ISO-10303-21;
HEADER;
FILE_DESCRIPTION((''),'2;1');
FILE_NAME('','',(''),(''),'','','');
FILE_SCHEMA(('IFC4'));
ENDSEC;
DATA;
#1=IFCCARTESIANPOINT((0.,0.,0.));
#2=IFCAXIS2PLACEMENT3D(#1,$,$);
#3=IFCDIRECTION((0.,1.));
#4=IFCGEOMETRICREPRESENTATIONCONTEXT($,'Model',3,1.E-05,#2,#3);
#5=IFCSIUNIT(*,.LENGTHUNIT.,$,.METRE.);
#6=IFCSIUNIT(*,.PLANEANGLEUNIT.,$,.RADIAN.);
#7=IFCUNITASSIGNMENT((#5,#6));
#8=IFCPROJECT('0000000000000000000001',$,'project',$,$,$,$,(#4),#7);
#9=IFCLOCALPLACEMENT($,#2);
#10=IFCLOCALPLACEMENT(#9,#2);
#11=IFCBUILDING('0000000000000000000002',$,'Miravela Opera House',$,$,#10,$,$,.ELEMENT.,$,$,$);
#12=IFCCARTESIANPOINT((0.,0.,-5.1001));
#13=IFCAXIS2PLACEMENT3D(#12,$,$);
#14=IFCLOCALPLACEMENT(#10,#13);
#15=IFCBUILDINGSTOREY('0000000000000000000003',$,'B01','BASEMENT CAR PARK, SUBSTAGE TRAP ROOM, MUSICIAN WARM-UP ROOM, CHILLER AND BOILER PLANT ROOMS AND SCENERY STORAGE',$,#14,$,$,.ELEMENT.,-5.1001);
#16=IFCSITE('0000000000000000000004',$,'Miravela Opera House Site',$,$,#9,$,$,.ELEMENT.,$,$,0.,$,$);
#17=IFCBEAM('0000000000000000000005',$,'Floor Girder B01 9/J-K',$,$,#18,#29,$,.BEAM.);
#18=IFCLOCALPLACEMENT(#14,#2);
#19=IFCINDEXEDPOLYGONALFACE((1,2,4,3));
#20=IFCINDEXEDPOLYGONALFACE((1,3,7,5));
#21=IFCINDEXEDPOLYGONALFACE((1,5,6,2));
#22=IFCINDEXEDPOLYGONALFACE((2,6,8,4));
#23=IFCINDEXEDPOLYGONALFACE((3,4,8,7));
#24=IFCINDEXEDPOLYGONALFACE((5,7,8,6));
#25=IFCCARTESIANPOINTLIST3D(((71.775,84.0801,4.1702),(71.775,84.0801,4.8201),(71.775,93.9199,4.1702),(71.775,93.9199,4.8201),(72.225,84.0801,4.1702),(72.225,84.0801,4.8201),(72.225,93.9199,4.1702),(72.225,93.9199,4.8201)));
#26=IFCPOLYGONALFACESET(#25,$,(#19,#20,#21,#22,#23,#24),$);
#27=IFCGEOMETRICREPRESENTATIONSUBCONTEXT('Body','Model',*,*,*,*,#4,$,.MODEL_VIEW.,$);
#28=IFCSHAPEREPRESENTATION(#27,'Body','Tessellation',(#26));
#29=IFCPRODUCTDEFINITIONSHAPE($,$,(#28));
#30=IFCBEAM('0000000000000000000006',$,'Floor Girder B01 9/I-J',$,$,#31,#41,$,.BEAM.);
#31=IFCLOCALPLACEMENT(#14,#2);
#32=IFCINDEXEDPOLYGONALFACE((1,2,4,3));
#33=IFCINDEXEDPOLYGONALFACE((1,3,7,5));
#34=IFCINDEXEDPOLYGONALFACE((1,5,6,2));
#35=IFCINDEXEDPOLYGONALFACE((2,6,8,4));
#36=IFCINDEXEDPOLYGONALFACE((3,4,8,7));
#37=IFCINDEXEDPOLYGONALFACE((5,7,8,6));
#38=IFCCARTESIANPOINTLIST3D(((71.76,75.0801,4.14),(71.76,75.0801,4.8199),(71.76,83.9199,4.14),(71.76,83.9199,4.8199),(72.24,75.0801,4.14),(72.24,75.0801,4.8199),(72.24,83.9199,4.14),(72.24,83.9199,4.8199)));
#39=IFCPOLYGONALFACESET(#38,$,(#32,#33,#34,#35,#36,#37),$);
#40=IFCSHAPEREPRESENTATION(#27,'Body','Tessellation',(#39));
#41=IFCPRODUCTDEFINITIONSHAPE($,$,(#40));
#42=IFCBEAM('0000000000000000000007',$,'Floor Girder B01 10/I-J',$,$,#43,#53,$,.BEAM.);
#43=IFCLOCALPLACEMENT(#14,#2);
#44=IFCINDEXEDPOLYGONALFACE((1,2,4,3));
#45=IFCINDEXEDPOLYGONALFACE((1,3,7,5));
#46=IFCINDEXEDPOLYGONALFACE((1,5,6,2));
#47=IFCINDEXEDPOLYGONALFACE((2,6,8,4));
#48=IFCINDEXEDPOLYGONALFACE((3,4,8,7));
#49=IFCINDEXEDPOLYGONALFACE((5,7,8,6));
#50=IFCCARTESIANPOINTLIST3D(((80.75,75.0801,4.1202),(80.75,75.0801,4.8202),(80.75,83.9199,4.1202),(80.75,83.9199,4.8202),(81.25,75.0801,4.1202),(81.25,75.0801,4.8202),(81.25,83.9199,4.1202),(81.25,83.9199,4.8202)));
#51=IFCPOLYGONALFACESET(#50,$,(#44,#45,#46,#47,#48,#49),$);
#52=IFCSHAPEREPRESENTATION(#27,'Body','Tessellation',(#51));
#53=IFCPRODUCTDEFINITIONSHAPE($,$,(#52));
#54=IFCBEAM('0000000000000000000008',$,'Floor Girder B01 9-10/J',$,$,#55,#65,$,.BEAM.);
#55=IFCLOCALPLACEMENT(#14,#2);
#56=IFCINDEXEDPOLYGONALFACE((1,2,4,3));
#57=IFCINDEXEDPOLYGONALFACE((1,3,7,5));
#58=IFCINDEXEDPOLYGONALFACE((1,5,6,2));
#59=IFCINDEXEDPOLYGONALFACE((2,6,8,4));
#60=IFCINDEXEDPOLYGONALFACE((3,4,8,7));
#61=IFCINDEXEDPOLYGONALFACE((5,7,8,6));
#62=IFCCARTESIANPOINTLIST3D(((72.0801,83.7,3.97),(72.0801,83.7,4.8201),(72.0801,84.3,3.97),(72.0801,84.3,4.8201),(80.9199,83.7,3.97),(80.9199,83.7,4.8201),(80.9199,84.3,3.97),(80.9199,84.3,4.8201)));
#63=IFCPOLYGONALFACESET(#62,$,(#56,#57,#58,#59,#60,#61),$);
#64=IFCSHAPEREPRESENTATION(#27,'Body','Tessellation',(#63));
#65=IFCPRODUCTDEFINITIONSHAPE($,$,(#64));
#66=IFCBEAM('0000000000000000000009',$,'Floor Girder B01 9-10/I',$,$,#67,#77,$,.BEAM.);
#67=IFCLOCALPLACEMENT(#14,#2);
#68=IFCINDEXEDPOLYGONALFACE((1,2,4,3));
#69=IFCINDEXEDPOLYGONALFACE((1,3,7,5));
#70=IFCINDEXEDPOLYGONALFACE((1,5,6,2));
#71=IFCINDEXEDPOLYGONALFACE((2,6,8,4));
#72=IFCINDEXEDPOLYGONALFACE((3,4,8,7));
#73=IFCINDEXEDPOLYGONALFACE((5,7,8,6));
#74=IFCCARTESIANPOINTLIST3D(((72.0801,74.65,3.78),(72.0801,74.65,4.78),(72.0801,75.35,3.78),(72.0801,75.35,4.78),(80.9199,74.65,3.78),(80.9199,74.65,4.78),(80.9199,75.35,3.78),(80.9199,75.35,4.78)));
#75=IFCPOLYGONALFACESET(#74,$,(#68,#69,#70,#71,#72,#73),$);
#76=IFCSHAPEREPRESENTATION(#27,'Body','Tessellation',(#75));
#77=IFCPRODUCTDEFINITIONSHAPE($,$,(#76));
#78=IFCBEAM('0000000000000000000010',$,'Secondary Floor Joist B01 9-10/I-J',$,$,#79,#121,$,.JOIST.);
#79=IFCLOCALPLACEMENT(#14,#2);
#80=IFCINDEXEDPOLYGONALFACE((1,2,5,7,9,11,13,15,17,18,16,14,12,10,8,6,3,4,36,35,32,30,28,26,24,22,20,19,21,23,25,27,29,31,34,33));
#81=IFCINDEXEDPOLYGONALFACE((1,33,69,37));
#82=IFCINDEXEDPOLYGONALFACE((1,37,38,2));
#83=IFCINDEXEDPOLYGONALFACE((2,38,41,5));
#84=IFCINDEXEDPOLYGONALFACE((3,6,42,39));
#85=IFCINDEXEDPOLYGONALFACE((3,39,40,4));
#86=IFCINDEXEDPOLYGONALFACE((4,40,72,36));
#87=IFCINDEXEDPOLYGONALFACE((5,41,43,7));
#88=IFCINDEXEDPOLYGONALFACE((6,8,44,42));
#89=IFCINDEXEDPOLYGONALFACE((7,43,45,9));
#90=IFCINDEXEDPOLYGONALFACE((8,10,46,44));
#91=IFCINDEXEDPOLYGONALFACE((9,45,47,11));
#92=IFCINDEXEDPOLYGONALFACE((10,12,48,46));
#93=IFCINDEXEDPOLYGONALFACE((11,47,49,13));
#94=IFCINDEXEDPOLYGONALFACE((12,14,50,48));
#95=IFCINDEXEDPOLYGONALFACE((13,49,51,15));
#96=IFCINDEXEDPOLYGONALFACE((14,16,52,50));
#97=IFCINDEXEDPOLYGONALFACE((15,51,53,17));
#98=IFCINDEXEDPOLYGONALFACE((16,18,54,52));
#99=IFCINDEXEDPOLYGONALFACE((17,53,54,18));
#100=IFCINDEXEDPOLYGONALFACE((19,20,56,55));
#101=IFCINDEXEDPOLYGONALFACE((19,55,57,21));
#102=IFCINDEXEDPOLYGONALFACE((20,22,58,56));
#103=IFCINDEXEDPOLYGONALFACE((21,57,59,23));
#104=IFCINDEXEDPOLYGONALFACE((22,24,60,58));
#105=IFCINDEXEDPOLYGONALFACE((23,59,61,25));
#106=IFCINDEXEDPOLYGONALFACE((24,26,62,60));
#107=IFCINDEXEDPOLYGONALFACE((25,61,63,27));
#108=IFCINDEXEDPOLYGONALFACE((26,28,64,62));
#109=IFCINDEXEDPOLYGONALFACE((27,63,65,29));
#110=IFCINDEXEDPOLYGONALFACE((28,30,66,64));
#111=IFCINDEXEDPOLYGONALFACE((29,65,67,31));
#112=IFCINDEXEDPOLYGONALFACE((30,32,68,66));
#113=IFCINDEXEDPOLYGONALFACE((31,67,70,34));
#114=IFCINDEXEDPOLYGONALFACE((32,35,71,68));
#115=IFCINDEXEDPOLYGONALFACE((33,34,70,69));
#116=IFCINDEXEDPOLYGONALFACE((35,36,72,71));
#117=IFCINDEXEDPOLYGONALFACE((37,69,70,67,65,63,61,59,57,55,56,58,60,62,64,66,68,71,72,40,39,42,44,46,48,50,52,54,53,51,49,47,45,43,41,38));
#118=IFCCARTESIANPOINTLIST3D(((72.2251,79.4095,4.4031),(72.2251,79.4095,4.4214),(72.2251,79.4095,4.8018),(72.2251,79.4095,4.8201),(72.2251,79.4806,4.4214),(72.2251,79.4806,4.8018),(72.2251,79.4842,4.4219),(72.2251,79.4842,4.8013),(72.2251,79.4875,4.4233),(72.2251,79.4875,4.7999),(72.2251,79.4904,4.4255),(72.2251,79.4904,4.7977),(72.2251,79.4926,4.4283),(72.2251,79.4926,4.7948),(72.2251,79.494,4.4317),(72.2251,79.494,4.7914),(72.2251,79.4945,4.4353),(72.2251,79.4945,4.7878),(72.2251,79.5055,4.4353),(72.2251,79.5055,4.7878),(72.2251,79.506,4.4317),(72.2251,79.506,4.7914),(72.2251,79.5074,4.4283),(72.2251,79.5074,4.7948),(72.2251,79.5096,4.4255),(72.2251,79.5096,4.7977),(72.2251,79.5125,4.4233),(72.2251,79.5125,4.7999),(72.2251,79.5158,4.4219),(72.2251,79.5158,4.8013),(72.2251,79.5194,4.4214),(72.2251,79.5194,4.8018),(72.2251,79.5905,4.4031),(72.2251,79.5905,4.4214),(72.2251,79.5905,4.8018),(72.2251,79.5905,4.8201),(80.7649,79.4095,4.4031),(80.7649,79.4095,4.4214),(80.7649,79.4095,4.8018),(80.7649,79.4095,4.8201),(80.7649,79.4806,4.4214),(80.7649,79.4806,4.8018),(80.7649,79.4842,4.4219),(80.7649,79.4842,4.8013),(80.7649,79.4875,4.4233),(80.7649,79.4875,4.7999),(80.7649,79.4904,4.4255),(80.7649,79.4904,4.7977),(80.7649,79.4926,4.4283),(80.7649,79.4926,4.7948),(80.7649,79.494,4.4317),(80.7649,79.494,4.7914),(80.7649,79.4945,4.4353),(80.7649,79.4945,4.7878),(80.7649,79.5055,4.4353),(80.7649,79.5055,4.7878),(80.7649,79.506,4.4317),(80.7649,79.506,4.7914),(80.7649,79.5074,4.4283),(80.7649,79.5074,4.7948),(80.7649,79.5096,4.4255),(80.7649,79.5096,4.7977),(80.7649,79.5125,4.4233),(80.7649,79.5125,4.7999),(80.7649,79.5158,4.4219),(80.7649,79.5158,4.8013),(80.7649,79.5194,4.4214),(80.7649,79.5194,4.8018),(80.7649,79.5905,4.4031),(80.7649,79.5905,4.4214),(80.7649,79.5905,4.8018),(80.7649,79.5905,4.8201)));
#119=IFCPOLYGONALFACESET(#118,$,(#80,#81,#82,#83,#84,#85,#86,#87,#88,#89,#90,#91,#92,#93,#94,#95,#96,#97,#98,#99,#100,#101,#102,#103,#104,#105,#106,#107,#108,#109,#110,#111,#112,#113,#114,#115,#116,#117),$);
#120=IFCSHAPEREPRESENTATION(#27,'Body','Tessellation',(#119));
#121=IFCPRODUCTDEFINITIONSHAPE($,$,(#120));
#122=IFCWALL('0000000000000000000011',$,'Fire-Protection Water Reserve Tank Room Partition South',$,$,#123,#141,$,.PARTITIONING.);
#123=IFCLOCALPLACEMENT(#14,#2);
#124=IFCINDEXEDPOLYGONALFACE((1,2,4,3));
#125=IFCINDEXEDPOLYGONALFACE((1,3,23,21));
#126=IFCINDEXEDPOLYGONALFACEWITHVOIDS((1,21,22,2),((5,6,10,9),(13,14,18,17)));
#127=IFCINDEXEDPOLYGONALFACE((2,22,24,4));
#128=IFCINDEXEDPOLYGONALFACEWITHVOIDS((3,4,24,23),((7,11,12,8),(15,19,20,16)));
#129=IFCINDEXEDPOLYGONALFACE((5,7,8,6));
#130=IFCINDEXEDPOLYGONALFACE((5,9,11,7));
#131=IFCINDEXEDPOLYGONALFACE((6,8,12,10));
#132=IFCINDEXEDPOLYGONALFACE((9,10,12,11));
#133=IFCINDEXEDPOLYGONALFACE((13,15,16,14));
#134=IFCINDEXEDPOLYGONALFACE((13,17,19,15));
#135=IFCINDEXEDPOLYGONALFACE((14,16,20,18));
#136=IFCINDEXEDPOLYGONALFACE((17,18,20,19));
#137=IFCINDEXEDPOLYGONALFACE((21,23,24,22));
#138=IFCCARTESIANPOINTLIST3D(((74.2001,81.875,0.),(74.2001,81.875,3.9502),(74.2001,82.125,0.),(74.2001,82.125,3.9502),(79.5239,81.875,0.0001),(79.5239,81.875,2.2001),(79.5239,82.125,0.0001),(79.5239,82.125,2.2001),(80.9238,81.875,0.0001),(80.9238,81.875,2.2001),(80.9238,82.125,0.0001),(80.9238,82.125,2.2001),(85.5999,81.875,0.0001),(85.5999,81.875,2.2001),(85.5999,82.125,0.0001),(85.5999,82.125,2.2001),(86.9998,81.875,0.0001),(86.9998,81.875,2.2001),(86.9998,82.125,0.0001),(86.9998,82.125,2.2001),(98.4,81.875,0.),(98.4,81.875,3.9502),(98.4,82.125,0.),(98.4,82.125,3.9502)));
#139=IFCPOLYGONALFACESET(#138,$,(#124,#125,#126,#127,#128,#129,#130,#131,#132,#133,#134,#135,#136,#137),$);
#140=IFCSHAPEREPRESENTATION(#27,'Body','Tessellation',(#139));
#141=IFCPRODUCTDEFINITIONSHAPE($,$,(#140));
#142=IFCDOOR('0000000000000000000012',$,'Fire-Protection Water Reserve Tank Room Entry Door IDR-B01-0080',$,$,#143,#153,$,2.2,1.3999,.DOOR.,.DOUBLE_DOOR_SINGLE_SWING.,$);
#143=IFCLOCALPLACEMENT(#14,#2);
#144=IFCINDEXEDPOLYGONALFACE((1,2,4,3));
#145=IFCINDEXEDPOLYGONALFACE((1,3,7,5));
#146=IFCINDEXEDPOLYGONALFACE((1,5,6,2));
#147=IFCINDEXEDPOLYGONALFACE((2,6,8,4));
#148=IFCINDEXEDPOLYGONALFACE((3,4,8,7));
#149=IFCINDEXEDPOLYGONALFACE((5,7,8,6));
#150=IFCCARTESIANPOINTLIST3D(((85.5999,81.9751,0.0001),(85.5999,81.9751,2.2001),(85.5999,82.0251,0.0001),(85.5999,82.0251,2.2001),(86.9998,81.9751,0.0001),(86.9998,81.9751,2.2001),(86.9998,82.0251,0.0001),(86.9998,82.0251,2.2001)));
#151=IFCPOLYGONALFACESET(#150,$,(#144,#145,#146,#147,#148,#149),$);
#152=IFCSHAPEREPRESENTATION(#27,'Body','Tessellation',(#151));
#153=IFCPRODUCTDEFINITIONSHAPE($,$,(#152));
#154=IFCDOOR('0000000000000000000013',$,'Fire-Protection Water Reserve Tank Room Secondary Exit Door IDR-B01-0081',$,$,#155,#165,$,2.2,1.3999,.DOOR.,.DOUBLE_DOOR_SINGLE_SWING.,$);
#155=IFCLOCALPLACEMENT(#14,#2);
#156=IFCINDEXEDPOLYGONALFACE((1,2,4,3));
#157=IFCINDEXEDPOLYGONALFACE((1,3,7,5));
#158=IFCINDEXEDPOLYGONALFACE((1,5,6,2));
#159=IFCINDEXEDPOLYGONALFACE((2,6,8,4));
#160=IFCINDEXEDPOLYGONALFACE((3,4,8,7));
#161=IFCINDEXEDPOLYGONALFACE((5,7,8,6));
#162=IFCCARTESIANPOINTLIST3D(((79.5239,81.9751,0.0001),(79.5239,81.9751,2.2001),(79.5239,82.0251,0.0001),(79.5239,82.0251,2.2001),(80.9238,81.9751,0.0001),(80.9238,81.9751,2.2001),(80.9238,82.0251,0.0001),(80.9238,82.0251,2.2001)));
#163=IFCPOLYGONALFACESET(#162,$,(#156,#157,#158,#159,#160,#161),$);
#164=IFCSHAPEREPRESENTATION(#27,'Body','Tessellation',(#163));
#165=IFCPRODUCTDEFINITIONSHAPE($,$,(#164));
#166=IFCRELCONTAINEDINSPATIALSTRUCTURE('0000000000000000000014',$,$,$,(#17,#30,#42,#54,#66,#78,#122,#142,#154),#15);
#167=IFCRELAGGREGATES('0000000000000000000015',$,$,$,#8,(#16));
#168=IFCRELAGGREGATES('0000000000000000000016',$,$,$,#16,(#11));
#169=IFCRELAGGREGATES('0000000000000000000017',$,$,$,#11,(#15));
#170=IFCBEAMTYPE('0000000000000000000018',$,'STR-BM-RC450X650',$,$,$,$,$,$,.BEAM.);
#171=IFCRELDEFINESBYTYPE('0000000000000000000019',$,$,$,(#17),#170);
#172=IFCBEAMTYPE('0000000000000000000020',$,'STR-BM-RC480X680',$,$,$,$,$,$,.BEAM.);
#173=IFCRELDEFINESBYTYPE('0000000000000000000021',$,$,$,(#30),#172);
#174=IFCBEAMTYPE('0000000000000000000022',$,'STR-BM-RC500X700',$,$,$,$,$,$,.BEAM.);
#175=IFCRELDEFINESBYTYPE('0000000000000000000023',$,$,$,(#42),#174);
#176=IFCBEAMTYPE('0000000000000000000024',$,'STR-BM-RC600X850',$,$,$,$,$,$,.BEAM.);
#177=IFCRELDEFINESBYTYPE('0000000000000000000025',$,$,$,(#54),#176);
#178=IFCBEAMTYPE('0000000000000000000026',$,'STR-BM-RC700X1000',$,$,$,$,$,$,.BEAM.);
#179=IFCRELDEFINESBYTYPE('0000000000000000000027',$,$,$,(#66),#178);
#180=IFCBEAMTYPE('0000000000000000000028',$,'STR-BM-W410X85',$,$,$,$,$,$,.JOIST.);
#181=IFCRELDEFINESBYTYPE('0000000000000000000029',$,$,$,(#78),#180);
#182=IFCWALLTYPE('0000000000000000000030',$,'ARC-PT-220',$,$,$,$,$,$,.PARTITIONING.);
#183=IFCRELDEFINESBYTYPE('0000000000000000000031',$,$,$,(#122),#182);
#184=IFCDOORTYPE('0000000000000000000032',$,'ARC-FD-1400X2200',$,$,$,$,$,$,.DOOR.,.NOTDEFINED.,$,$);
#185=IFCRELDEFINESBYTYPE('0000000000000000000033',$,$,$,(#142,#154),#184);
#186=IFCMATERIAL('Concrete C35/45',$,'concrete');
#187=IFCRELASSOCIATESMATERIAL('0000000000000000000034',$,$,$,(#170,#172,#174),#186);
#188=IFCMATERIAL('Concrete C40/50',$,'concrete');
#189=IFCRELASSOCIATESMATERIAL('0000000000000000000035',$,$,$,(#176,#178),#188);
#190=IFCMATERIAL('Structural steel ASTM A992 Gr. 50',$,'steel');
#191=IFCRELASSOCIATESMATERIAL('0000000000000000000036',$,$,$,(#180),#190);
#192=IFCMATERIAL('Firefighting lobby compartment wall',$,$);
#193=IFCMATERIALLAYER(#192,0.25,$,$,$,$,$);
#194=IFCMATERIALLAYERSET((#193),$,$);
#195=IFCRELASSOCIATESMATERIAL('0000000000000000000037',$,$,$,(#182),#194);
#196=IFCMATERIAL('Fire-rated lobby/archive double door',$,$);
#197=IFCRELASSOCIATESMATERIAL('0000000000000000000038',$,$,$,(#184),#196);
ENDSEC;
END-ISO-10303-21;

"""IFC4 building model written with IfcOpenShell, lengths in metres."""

from ifc_helpers import new_model, si_unit, direction, frame, frame_2d, origin, origin_2d, place, context, subcontext, project, spatial, rectangle, i_section, extrude, material, layer, layer_set, material_profile, profile_set, type_object, element, fill, save


model = new_model("IFC4")

# Units and contexts
model_context = context("Model", 3, precision=1e-05, world=origin(), true_north=direction((0.0, 1.0)))
body_context = subcontext(model_context, "Body", "Model", "MODEL_VIEW")
ifc_project = project(units=[si_unit("LENGTHUNIT", "METRE"), si_unit("PLANEANGLEUNIT", "RADIAN")], contexts=[model_context])

# Site, building, storey
site_placement = place(None, origin())
site = spatial("IfcSite", under=ifc_project, at=site_placement, Name="Miravela Opera House Site", CompositionType="ELEMENT", RefElevation=0.0)
building_placement = place(site_placement, origin())
building = spatial("IfcBuilding", under=site, at=building_placement, Name="Miravela Opera House", CompositionType="ELEMENT")
storey_placement = place(building_placement, frame((0.0, 0.0, -5.1001)))
storey = spatial("IfcBuildingStorey", under=building, at=storey_placement, Name="B01", Description="BASEMENT CAR PARK, SUBSTAGE TRAP ROOM, MUSICIAN WARM-UP ROOM, CHILLER AND BOILER PLANT ROOMS AND SCENERY STORAGE", CompositionType="ELEMENT", Elevation=-5.1001)

# Shared definitions
ifc_material_1 = material(Name="Concrete C35/45", Category="concrete")

# Shared definitions
ifc_material_2 = material(Name="Concrete C40/50", Category="concrete")

# Beams
ifc_material_profile_1 = material_profile(ifc_material_1, rectangle(XDim=0.45, YDim=0.6499, at=origin_2d()), Name="RC-BM-450X650")
ifc_profile_set_1 = profile_set([ifc_material_profile_1])
beam_type_1 = type_object("IfcBeamType", Name="STR-BM-RC450X650", PredefinedType="BEAM", material=ifc_profile_set_1)
beam_1_placement = place(storey_placement, frame((72.0, 84.0801, 4.4951), z_axis=(0.0, 1.0, 0.0), x_axis=(-1.0, 0.0, 0.0)))
element("IfcBeam", 1, at=beam_1_placement, inside=storey, type_object=beam_type_1, Name="Floor Girder B01 9/J-K", PredefinedType="BEAM", context=body_context, shape_type="SweptSolid", body=[
    extrude(rectangle(XDim=0.45, YDim=0.6499, at=origin_2d()), origin(), (0.0, 0.0, 1.0), 9.8398),
])
ifc_material_profile_2 = material_profile(ifc_material_1, rectangle(XDim=0.48, YDim=0.6799, at=origin_2d()), Name="RC-BM-480X680")
ifc_profile_set_2 = profile_set([ifc_material_profile_2])
beam_type_2 = type_object("IfcBeamType", Name="STR-BM-RC480X680", PredefinedType="BEAM", material=ifc_profile_set_2)
beam_2_placement = place(storey_placement, frame((72.0, 75.0801, 4.48), z_axis=(0.0, 1.0, 0.0), x_axis=(-1.0, 0.0, 0.0)))
element("IfcBeam", 2, at=beam_2_placement, inside=storey, type_object=beam_type_2, Name="Floor Girder B01 9/I-J", PredefinedType="BEAM", context=body_context, shape_type="SweptSolid", body=[
    extrude(rectangle(XDim=0.48, YDim=0.6799, at=origin_2d()), origin(), (0.0, 0.0, 1.0), 8.8398),
])
ifc_material_profile_3 = material_profile(ifc_material_1, rectangle(XDim=0.5, YDim=0.7, at=origin_2d()), Name="RC-BM-500X700")
ifc_profile_set_3 = profile_set([ifc_material_profile_3])
beam_type_3 = type_object("IfcBeamType", Name="STR-BM-RC500X700", PredefinedType="BEAM", material=ifc_profile_set_3)
beam_3_placement = place(storey_placement, frame((81.0, 75.0801, 4.4702), z_axis=(0.0, 1.0, 0.0), x_axis=(-1.0, 0.0, 0.0)))
element("IfcBeam", 3, at=beam_3_placement, inside=storey, type_object=beam_type_3, Name="Floor Girder B01 10/I-J", PredefinedType="BEAM", context=body_context, shape_type="SweptSolid", body=[
    extrude(rectangle(XDim=0.5, YDim=0.7, at=origin_2d()), origin(), (0.0, 0.0, 1.0), 8.8398),
])
ifc_material_profile_4 = material_profile(ifc_material_2, rectangle(XDim=0.6001, YDim=0.8501, at=origin_2d()), Name="RC-BM-600X850")
ifc_profile_set_4 = profile_set([ifc_material_profile_4])
beam_type_4 = type_object("IfcBeamType", Name="STR-BM-RC600X850", PredefinedType="BEAM", material=ifc_profile_set_4)
beam_4_placement = place(storey_placement, frame((72.0801, 84.0, 4.395), z_axis=(1.0, 0.0, 0.0), x_axis=(0.0, 1.0, 0.0)))
element("IfcBeam", 4, at=beam_4_placement, inside=storey, type_object=beam_type_4, Name="Floor Girder B01 9-10/J", PredefinedType="BEAM", context=body_context, shape_type="SweptSolid", body=[
    extrude(rectangle(XDim=0.6001, YDim=0.8501, at=origin_2d()), origin(), (0.0, 0.0, 1.0), 8.8398),
])
ifc_material_profile_5 = material_profile(ifc_material_2, rectangle(XDim=0.7, YDim=1.0, at=origin_2d()), Name="RC-BM-700X1000")
ifc_profile_set_5 = profile_set([ifc_material_profile_5])
beam_type_5 = type_object("IfcBeamType", Name="STR-BM-RC700X1000", PredefinedType="BEAM", material=ifc_profile_set_5)
beam_5_placement = place(storey_placement, frame((72.0801, 75.0, 4.28), z_axis=(1.0, 0.0, 0.0), x_axis=(0.0, 1.0, 0.0)))
element("IfcBeam", 5, at=beam_5_placement, inside=storey, type_object=beam_type_5, Name="Floor Girder B01 9-10/I", PredefinedType="BEAM", context=body_context, shape_type="SweptSolid", body=[
    extrude(rectangle(XDim=0.7, YDim=1.0, at=origin_2d()), origin(), (0.0, 0.0, 1.0), 8.8398),
])
ifc_material_3 = material(Name="Structural steel ASTM A992 Gr. 50", Category="steel")
ifc_material_profile_6 = material_profile(ifc_material_3, i_section(OverallWidth=0.1809, OverallDepth=0.417, WebThickness=0.011, FlangeThickness=0.0183, FilletRadius=0.0139, at=origin_2d()), Name="W410X85")
ifc_profile_set_6 = profile_set([ifc_material_profile_6])
beam_type_6 = type_object("IfcBeamType", Name="STR-BM-W410X85", PredefinedType="JOIST", material=ifc_profile_set_6)
beam_6_placement = place(storey_placement, frame((72.2251, 79.5, 4.6116), z_axis=(1.0, 0.0, 0.0), x_axis=(0.0, 1.0, 0.0)))
element("IfcBeam", 6, at=beam_6_placement, inside=storey, type_object=beam_type_6, Name="Secondary Floor Joist B01 9-10/I-J", PredefinedType="JOIST", context=body_context, shape_type="SweptSolid", body=[
    extrude(i_section(OverallWidth=0.1809, OverallDepth=0.417, WebThickness=0.011, FlangeThickness=0.0183, FilletRadius=0.0139, at=origin_2d()), origin(), (0.0, 0.0, 1.0), 8.5398),
])

# Wall, openings, doors
ifc_material_4 = material(Name="Firefighting lobby compartment wall")
ifc_layer = layer(ifc_material_4, 0.25)
ifc_layer_set = layer_set([ifc_layer])
wall_type = type_object("IfcWallType", Name="ARC-PT-220", PredefinedType="PARTITIONING", material=ifc_layer_set)
wall_1_placement = place(storey_placement, frame((74.2, 82.0, 0.0), z_axis=(0.0, 0.0, 1.0), x_axis=(1.0, 0.0, 0.0)))
wall_1 = element("IfcWall", 7, at=wall_1_placement, inside=storey, type_object=wall_type, Name="Fire-Protection Water Reserve Tank Room Partition South", PredefinedType="PARTITIONING", context=body_context, shape_type="SweptSolid", body=[
    extrude(rectangle(XDim=24.2, YDim=0.25, at=frame_2d((12.1001, 0.0))), origin(), (0.0, 0.0, 1.0), 3.9502),
])
opening_1_placement = place(wall_1_placement, frame((11.3999, 0.0, 0.0)))
opening_1 = element("IfcOpeningElement", 8, at=opening_1_placement, cuts=wall_1, PredefinedType="OPENING", context=body_context, shape_type="SweptSolid", body=[
    extrude(rectangle(XDim=1.3999, YDim=2.2, at=frame_2d((0.7, 1.1001))), frame((0.0, 0.135, 0.0), z_axis=(0.0, -1.0, 0.0), x_axis=(1.0, 0.0, 0.0)), (0.0, 0.0, 1.0), 0.27),
])
opening_2_placement = place(wall_1_placement, frame((5.324, 0.0, 0.0)))
opening_2 = element("IfcOpeningElement", 9, at=opening_2_placement, cuts=wall_1, PredefinedType="OPENING", context=body_context, shape_type="SweptSolid", body=[
    extrude(rectangle(XDim=1.3999, YDim=2.2, at=frame_2d((0.7, 1.1001))), frame((0.0, 0.135, 0.0), z_axis=(0.0, -1.0, 0.0), x_axis=(1.0, 0.0, 0.0)), (0.0, 0.0, 1.0), 0.27),
])
ifc_material_5 = material(Name="Fire-rated lobby/archive double door")
door_type = type_object("IfcDoorType", Name="ARC-FD-1400X2200", OperationType="NOTDEFINED", PredefinedType="DOOR", material=ifc_material_5)
door_1_placement = place(opening_1_placement, frame((1.3999, 0.0, 0.0), z_axis=(0.0, 0.0, 1.0), x_axis=(-1.0, 0.0, 0.0)))
door_1 = element("IfcDoor", 10, at=door_1_placement, inside=storey, type_object=door_type, Name="Fire-Protection Water Reserve Tank Room Entry Door IDR-B01-0080", OperationType="DOUBLE_DOOR_SINGLE_SWING", OverallHeight=2.2, OverallWidth=1.3999, PredefinedType="DOOR", context=body_context, shape_type="SweptSolid", body=[
    extrude(rectangle(XDim=1.3999, YDim=2.2, at=frame_2d((0.7, 1.1001))), frame((0.0, 0.0249, 0.0), z_axis=(0.0, -1.0, 0.0), x_axis=(1.0, 0.0, 0.0)), (0.0, 0.0, 1.0), 0.05),
])
fill(opening_1, door_1)
door_2_placement = place(opening_2_placement, frame((1.3999, 0.0, 0.0), z_axis=(0.0, 0.0, 1.0), x_axis=(-1.0, 0.0, 0.0)))
door_2 = element("IfcDoor", 11, at=door_2_placement, inside=storey, type_object=door_type, Name="Fire-Protection Water Reserve Tank Room Secondary Exit Door IDR-B01-0081", OperationType="DOUBLE_DOOR_SINGLE_SWING", OverallHeight=2.2, OverallWidth=1.3999, PredefinedType="DOOR", context=body_context, shape_type="SweptSolid", body=[
    extrude(rectangle(XDim=1.3999, YDim=2.2, at=frame_2d((0.7, 1.1001))), frame((0.0, 0.0249, 0.0), z_axis=(0.0, -1.0, 0.0), x_axis=(1.0, 0.0, 0.0)), (0.0, 0.0, 1.0), 0.05),
])
fill(opening_2, door_2)

save(model, "model.ifc")
